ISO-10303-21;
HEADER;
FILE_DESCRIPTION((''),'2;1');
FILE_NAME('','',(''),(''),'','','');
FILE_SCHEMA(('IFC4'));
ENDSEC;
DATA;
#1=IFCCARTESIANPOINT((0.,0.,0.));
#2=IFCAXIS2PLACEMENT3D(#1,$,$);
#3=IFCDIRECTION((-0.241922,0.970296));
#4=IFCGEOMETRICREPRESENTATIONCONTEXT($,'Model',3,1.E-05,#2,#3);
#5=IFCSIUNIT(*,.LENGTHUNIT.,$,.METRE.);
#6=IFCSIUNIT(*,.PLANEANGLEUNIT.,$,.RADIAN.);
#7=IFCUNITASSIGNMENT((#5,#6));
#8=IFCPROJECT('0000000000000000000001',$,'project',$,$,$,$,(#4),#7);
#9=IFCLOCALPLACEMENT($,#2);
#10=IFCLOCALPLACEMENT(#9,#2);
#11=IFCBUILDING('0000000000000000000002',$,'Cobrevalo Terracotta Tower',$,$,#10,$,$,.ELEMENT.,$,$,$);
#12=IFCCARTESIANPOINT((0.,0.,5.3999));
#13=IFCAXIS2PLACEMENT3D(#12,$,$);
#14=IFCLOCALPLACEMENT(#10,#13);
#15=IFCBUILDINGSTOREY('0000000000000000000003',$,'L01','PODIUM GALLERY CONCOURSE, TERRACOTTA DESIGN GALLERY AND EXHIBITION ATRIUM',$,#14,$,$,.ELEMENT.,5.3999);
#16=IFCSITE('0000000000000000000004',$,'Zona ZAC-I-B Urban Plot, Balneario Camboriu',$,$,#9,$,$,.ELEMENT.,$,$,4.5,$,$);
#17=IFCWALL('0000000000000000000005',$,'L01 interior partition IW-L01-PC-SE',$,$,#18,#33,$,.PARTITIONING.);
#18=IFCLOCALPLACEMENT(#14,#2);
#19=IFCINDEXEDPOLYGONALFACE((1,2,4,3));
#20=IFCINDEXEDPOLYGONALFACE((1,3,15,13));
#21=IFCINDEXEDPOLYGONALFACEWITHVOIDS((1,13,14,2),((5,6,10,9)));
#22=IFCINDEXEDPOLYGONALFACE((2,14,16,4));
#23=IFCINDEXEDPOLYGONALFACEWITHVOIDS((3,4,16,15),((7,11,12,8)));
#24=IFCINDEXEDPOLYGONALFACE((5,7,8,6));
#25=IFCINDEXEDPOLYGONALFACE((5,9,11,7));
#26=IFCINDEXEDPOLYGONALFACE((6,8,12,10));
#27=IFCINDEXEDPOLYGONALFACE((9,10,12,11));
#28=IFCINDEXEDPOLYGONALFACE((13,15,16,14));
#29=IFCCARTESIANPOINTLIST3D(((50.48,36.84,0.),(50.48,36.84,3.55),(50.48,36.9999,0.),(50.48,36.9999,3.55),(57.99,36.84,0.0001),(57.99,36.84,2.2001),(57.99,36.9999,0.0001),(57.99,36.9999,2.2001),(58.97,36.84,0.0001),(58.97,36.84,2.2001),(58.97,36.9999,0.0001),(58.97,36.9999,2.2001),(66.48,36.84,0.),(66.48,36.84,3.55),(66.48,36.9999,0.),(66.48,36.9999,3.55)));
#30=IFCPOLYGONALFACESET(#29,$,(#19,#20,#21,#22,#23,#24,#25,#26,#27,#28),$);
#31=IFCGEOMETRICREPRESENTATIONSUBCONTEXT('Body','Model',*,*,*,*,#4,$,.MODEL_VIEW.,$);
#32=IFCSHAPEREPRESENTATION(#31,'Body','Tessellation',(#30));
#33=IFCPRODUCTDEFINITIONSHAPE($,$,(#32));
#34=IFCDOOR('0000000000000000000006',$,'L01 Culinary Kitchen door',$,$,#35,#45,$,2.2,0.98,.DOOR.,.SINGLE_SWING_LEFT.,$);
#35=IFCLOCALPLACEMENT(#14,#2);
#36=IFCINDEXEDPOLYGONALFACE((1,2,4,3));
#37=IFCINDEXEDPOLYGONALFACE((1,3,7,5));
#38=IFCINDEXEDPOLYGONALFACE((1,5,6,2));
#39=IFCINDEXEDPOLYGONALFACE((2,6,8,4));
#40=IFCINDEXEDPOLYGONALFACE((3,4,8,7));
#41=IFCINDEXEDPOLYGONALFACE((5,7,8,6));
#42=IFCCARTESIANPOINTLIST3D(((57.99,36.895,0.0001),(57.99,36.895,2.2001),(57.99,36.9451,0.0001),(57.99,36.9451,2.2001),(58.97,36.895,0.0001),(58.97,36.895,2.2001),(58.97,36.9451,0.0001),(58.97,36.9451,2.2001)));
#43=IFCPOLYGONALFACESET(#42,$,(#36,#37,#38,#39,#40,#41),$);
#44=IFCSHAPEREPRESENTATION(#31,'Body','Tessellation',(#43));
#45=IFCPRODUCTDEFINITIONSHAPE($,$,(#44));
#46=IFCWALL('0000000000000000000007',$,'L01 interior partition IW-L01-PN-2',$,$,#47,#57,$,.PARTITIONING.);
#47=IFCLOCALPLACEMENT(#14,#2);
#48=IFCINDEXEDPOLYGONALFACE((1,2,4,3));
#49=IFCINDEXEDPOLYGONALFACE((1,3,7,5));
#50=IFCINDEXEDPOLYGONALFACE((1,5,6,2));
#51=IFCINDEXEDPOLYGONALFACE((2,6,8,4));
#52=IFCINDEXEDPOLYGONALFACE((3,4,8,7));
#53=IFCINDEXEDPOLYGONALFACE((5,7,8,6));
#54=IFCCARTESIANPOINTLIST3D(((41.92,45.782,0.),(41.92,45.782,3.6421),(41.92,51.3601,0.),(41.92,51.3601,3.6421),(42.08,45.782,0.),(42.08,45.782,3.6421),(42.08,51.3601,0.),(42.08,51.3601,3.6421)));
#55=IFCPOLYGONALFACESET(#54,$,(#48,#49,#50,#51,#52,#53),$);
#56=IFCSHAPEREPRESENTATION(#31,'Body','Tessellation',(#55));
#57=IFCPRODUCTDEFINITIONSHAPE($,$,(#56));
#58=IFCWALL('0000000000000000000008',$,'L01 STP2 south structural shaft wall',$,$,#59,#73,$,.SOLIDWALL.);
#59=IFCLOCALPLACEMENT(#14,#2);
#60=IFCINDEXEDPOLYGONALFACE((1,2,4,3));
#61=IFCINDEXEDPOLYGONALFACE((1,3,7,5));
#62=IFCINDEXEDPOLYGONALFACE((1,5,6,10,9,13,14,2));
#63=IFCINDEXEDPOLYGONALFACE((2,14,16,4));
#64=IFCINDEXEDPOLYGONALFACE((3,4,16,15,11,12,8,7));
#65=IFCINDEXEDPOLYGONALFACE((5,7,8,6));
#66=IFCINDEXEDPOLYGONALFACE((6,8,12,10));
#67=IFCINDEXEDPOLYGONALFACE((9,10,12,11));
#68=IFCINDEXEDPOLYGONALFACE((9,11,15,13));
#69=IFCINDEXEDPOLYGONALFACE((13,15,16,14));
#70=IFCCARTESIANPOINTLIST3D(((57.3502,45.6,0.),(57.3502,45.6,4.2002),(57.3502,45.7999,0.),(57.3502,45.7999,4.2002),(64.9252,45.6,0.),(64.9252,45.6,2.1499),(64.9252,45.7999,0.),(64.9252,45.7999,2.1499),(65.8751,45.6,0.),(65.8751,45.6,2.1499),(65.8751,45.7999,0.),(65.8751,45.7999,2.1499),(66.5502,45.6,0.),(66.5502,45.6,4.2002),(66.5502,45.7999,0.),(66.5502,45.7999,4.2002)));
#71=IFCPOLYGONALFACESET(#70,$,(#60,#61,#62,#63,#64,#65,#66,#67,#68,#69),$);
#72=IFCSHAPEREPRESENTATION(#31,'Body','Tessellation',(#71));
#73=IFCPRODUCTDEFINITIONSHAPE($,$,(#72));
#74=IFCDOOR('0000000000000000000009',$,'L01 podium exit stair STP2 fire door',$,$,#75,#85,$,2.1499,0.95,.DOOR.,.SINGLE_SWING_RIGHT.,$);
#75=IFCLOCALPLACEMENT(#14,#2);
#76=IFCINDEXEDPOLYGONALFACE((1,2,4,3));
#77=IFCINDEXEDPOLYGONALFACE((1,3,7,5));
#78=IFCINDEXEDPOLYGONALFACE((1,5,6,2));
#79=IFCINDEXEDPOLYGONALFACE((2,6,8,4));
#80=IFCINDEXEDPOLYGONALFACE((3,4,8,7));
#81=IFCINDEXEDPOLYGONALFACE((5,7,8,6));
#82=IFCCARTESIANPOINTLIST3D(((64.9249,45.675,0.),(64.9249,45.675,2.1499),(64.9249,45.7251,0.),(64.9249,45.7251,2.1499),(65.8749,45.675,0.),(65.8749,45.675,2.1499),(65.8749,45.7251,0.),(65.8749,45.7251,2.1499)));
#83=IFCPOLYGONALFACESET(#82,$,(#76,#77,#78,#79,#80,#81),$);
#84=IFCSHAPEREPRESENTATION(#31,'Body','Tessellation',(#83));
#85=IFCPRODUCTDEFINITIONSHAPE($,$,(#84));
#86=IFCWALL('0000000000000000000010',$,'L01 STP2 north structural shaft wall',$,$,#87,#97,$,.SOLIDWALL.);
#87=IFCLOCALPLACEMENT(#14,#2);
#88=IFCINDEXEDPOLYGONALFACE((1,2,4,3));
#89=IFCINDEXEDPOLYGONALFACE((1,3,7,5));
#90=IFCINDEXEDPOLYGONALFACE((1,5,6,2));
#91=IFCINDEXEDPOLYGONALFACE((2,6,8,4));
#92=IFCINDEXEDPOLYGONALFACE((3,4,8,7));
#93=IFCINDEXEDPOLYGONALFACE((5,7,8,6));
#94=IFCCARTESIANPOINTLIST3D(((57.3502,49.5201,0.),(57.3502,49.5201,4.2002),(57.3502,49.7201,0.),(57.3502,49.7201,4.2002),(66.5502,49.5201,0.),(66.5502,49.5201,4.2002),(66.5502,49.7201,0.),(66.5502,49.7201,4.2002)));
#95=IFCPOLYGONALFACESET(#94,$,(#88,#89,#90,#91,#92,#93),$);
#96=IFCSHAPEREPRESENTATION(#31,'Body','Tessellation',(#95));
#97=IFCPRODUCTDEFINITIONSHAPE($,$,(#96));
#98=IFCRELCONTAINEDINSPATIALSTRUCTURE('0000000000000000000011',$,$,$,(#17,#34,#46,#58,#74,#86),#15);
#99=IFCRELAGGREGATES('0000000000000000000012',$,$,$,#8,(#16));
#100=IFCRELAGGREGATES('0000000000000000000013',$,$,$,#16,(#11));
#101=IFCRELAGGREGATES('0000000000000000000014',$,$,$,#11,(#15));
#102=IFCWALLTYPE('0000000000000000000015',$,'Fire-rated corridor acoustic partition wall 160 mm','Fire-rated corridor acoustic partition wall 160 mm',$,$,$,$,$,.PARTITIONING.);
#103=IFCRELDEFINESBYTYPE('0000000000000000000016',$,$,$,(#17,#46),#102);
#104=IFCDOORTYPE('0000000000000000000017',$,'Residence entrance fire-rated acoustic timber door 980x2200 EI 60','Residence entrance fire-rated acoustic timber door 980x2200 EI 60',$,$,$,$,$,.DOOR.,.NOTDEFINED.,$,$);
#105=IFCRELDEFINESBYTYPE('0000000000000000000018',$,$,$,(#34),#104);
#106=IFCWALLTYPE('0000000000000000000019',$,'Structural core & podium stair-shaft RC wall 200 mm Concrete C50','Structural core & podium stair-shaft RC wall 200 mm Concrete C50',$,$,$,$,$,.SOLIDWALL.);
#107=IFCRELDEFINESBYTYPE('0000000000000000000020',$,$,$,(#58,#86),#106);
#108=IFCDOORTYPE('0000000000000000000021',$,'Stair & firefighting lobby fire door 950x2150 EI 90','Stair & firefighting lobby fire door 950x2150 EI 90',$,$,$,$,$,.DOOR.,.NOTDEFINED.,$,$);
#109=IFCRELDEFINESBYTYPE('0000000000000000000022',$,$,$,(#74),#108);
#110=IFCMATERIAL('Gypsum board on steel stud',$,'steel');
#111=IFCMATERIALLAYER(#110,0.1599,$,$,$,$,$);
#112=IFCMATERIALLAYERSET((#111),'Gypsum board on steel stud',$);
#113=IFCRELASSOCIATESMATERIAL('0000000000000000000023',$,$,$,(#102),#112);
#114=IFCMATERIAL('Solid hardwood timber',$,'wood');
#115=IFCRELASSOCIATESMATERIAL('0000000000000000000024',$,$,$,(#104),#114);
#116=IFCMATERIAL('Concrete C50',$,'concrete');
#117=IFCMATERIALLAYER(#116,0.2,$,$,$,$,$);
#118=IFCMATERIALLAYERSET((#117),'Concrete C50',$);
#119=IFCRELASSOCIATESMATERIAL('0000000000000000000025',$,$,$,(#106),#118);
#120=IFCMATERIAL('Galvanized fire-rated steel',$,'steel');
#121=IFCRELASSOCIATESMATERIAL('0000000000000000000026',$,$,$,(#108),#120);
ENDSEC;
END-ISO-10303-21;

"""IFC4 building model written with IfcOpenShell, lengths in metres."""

from ifc_helpers import new_model, si_unit, direction, frame, frame_2d, origin, place, context, subcontext, project, spatial, rectangle, extrude, source, transform, mapped, material, layer, layer_set, type_object, element, fill, save


model = new_model("IFC4")

# Units and contexts
model_context = context("Model", 3, precision=1e-05, world=origin(), true_north=direction((-0.241922, 0.970296)))
body_context = subcontext(model_context, "Body", "Model", "MODEL_VIEW")
ifc_project = project(units=[si_unit("LENGTHUNIT", "METRE"), si_unit("PLANEANGLEUNIT", "RADIAN")], contexts=[model_context])

# Site, building, storey
site_placement = place(None, origin())
site = spatial("IfcSite", under=ifc_project, at=site_placement, Name="Zona ZAC-I-B Urban Plot, Balneario Camboriu", CompositionType="ELEMENT", RefElevation=4.5)
building_placement = place(site_placement, origin())
building = spatial("IfcBuilding", under=site, at=building_placement, Name="Cobrevalo Terracotta Tower", CompositionType="ELEMENT")
storey_placement = place(building_placement, frame((0.0, 0.0, 5.3999)))
storey = spatial("IfcBuildingStorey", under=building, at=storey_placement, Name="L01", Description="PODIUM GALLERY CONCOURSE, TERRACOTTA DESIGN GALLERY AND EXHIBITION ATRIUM", CompositionType="ELEMENT", Elevation=5.3999)

# Shared definitions
ifc_material_1 = material(Name="Gypsum board on steel stud", Category="steel")
ifc_layer_1 = layer(ifc_material_1, 0.1599)
ifc_layer_set_1 = layer_set([ifc_layer_1], Name="Gypsum board on steel stud")
wall_type_1 = type_object("IfcWallType", Name="Fire-rated corridor acoustic partition wall 160 mm", Description="Fire-rated corridor acoustic partition wall 160 mm", PredefinedType="PARTITIONING", material=ifc_layer_set_1)

# Wall, opening, door
wall_1_placement = place(storey_placement, frame((50.48, 36.9199, 0.0), z_axis=(0.0, 0.0, 1.0), x_axis=(1.0, 0.0, 0.0)))
wall_1 = element("IfcWall", 1, at=wall_1_placement, inside=storey, type_object=wall_type_1, Name="L01 interior partition IW-L01-PC-SE", PredefinedType="PARTITIONING", context=body_context, shape_type="SweptSolid", body=[
    extrude(rectangle(XDim=16.0, YDim=0.1599, at=frame_2d((8.0, 0.0))), origin(), (0.0, 0.0, 1.0), 3.55),
])
opening_1_placement = place(wall_1_placement, frame((7.51, 0.0, 0.0)))
opening_1 = element("IfcOpeningElement", 2, at=opening_1_placement, cuts=wall_1, PredefinedType="OPENING", context=body_context, shape_type="SweptSolid", body=[
    extrude(rectangle(XDim=0.98, YDim=2.2, at=frame_2d((0.49, 1.1001))), frame((0.0, 0.0898, 0.0), z_axis=(0.0, -1.0, 0.0), x_axis=(1.0, 0.0, 0.0)), (0.0, 0.0, 1.0), 0.1799),
])
ifc_material_2 = material(Name="Solid hardwood timber", Category="wood")
door_type_1 = type_object("IfcDoorType", Name="Residence entrance fire-rated acoustic timber door 980x2200 EI 60", Description="Residence entrance fire-rated acoustic timber door 980x2200 EI 60", OperationType="NOTDEFINED", PredefinedType="DOOR", material=ifc_material_2)
shared_shape_1 = source(origin(), body_context, "Body", "SweptSolid", [
    extrude(rectangle(XDim=0.98, YDim=2.2, at=frame_2d((0.49, 1.1001))), frame((0.0, 0.0249, 0.0), z_axis=(0.0, -1.0, 0.0), x_axis=(1.0, 0.0, 0.0)), (0.0, 0.0, 1.0), 0.05),
])
door_1_placement = place(opening_1_placement, frame((0.98, 0.0, 0.0), z_axis=(0.0, 0.0, 1.0), x_axis=(-1.0, 0.0, 0.0)))
door_1 = element("IfcDoor", 3, at=door_1_placement, inside=storey, type_object=door_type_1, Name="L01 Culinary Kitchen door", OperationType="SINGLE_SWING_LEFT", OverallHeight=2.2, OverallWidth=0.98, PredefinedType="DOOR", context=body_context, shape_type="MappedRepresentation", body=[
    mapped(shared_shape_1, transform((0.0, 0.0, 0.0), scale=1.0)),
])
fill(opening_1, door_1)

# Wall
wall_2_placement = place(storey_placement, frame((42.0, 45.782, 0.0), z_axis=(0.0, 0.0, 1.0), x_axis=(0.0, 1.0, 0.0)))
element("IfcWall", 4, at=wall_2_placement, inside=storey, type_object=wall_type_1, Name="L01 interior partition IW-L01-PN-2", PredefinedType="PARTITIONING", context=body_context, shape_type="SweptSolid", body=[
    extrude(rectangle(XDim=5.5781, YDim=0.1599, at=frame_2d((2.7891, 0.0))), origin(), (0.0, 0.0, 1.0), 3.6421),
])

# Wall, opening, door
ifc_material_3 = material(Name="Concrete C50", Category="concrete")
ifc_layer_2 = layer(ifc_material_3, 0.2)
ifc_layer_set_2 = layer_set([ifc_layer_2], Name="Concrete C50")
wall_type_2 = type_object("IfcWallType", Name="Structural core & podium stair-shaft RC wall 200 mm Concrete C50", Description="Structural core & podium stair-shaft RC wall 200 mm Concrete C50", PredefinedType="SOLIDWALL", material=ifc_layer_set_2)
wall_3_placement = place(storey_placement, frame((57.3501, 45.7, 0.0), z_axis=(0.0, 0.0, 1.0), x_axis=(1.0, 0.0, 0.0)))
wall_3 = element("IfcWall", 5, at=wall_3_placement, inside=storey, type_object=wall_type_2, Name="L01 STP2 south structural shaft wall", PredefinedType="SOLIDWALL", context=body_context, shape_type="SweptSolid", body=[
    extrude(rectangle(XDim=9.2, YDim=0.2, at=frame_2d((4.6001, 0.0))), origin(), (0.0, 0.0, 1.0), 4.2002),
])
opening_2_placement = place(wall_3_placement, frame((7.575, 0.0, 0.0)))
opening_2 = element("IfcOpeningElement", 6, at=opening_2_placement, cuts=wall_3, PredefinedType="OPENING", context=body_context, shape_type="SweptSolid", body=[
    extrude(rectangle(XDim=0.95, YDim=2.1499, at=frame_2d((0.4751, 1.075))), frame((0.0, 0.1099, 0.0), z_axis=(0.0, -1.0, 0.0), x_axis=(1.0, 0.0, 0.0)), (0.0, 0.0, 1.0), 0.22),
])
ifc_material_4 = material(Name="Galvanized fire-rated steel", Category="steel")
door_type_2 = type_object("IfcDoorType", Name="Stair & firefighting lobby fire door 950x2150 EI 90", Description="Stair & firefighting lobby fire door 950x2150 EI 90", OperationType="NOTDEFINED", PredefinedType="DOOR", material=ifc_material_4)
shared_shape_2 = source(origin(), body_context, "Body", "SweptSolid", [
    extrude(rectangle(XDim=0.95, YDim=2.1499, at=frame_2d((0.4751, 1.075))), frame((0.0, 0.0249, 0.0), z_axis=(0.0, -1.0, 0.0), x_axis=(1.0, 0.0, 0.0)), (0.0, 0.0, 1.0), 0.05),
])
door_2_placement = place(opening_2_placement, frame((0.95, 0.0, 0.0), z_axis=(0.0, 0.0, 1.0), x_axis=(-1.0, 0.0, 0.0)))
door_2 = element("IfcDoor", 7, at=door_2_placement, inside=storey, type_object=door_type_2, Name="L01 podium exit stair STP2 fire door", OperationType="SINGLE_SWING_RIGHT", OverallHeight=2.1499, OverallWidth=0.95, PredefinedType="DOOR", context=body_context, shape_type="MappedRepresentation", body=[
    mapped(shared_shape_2, transform((0.0, 0.0, 0.0), scale=1.0)),
])
fill(opening_2, door_2)

# Wall
wall_4_placement = place(storey_placement, frame((57.3501, 49.6201, 0.0), z_axis=(0.0, 0.0, 1.0), x_axis=(1.0, 0.0, 0.0)))
element("IfcWall", 8, at=wall_4_placement, inside=storey, type_object=wall_type_2, Name="L01 STP2 north structural shaft wall", PredefinedType="SOLIDWALL", context=body_context, shape_type="SweptSolid", body=[
    extrude(rectangle(XDim=9.2, YDim=0.2, at=frame_2d((4.6001, 0.0))), origin(), (0.0, 0.0, 1.0), 4.2002),
])

save(model, "model.ifc")
